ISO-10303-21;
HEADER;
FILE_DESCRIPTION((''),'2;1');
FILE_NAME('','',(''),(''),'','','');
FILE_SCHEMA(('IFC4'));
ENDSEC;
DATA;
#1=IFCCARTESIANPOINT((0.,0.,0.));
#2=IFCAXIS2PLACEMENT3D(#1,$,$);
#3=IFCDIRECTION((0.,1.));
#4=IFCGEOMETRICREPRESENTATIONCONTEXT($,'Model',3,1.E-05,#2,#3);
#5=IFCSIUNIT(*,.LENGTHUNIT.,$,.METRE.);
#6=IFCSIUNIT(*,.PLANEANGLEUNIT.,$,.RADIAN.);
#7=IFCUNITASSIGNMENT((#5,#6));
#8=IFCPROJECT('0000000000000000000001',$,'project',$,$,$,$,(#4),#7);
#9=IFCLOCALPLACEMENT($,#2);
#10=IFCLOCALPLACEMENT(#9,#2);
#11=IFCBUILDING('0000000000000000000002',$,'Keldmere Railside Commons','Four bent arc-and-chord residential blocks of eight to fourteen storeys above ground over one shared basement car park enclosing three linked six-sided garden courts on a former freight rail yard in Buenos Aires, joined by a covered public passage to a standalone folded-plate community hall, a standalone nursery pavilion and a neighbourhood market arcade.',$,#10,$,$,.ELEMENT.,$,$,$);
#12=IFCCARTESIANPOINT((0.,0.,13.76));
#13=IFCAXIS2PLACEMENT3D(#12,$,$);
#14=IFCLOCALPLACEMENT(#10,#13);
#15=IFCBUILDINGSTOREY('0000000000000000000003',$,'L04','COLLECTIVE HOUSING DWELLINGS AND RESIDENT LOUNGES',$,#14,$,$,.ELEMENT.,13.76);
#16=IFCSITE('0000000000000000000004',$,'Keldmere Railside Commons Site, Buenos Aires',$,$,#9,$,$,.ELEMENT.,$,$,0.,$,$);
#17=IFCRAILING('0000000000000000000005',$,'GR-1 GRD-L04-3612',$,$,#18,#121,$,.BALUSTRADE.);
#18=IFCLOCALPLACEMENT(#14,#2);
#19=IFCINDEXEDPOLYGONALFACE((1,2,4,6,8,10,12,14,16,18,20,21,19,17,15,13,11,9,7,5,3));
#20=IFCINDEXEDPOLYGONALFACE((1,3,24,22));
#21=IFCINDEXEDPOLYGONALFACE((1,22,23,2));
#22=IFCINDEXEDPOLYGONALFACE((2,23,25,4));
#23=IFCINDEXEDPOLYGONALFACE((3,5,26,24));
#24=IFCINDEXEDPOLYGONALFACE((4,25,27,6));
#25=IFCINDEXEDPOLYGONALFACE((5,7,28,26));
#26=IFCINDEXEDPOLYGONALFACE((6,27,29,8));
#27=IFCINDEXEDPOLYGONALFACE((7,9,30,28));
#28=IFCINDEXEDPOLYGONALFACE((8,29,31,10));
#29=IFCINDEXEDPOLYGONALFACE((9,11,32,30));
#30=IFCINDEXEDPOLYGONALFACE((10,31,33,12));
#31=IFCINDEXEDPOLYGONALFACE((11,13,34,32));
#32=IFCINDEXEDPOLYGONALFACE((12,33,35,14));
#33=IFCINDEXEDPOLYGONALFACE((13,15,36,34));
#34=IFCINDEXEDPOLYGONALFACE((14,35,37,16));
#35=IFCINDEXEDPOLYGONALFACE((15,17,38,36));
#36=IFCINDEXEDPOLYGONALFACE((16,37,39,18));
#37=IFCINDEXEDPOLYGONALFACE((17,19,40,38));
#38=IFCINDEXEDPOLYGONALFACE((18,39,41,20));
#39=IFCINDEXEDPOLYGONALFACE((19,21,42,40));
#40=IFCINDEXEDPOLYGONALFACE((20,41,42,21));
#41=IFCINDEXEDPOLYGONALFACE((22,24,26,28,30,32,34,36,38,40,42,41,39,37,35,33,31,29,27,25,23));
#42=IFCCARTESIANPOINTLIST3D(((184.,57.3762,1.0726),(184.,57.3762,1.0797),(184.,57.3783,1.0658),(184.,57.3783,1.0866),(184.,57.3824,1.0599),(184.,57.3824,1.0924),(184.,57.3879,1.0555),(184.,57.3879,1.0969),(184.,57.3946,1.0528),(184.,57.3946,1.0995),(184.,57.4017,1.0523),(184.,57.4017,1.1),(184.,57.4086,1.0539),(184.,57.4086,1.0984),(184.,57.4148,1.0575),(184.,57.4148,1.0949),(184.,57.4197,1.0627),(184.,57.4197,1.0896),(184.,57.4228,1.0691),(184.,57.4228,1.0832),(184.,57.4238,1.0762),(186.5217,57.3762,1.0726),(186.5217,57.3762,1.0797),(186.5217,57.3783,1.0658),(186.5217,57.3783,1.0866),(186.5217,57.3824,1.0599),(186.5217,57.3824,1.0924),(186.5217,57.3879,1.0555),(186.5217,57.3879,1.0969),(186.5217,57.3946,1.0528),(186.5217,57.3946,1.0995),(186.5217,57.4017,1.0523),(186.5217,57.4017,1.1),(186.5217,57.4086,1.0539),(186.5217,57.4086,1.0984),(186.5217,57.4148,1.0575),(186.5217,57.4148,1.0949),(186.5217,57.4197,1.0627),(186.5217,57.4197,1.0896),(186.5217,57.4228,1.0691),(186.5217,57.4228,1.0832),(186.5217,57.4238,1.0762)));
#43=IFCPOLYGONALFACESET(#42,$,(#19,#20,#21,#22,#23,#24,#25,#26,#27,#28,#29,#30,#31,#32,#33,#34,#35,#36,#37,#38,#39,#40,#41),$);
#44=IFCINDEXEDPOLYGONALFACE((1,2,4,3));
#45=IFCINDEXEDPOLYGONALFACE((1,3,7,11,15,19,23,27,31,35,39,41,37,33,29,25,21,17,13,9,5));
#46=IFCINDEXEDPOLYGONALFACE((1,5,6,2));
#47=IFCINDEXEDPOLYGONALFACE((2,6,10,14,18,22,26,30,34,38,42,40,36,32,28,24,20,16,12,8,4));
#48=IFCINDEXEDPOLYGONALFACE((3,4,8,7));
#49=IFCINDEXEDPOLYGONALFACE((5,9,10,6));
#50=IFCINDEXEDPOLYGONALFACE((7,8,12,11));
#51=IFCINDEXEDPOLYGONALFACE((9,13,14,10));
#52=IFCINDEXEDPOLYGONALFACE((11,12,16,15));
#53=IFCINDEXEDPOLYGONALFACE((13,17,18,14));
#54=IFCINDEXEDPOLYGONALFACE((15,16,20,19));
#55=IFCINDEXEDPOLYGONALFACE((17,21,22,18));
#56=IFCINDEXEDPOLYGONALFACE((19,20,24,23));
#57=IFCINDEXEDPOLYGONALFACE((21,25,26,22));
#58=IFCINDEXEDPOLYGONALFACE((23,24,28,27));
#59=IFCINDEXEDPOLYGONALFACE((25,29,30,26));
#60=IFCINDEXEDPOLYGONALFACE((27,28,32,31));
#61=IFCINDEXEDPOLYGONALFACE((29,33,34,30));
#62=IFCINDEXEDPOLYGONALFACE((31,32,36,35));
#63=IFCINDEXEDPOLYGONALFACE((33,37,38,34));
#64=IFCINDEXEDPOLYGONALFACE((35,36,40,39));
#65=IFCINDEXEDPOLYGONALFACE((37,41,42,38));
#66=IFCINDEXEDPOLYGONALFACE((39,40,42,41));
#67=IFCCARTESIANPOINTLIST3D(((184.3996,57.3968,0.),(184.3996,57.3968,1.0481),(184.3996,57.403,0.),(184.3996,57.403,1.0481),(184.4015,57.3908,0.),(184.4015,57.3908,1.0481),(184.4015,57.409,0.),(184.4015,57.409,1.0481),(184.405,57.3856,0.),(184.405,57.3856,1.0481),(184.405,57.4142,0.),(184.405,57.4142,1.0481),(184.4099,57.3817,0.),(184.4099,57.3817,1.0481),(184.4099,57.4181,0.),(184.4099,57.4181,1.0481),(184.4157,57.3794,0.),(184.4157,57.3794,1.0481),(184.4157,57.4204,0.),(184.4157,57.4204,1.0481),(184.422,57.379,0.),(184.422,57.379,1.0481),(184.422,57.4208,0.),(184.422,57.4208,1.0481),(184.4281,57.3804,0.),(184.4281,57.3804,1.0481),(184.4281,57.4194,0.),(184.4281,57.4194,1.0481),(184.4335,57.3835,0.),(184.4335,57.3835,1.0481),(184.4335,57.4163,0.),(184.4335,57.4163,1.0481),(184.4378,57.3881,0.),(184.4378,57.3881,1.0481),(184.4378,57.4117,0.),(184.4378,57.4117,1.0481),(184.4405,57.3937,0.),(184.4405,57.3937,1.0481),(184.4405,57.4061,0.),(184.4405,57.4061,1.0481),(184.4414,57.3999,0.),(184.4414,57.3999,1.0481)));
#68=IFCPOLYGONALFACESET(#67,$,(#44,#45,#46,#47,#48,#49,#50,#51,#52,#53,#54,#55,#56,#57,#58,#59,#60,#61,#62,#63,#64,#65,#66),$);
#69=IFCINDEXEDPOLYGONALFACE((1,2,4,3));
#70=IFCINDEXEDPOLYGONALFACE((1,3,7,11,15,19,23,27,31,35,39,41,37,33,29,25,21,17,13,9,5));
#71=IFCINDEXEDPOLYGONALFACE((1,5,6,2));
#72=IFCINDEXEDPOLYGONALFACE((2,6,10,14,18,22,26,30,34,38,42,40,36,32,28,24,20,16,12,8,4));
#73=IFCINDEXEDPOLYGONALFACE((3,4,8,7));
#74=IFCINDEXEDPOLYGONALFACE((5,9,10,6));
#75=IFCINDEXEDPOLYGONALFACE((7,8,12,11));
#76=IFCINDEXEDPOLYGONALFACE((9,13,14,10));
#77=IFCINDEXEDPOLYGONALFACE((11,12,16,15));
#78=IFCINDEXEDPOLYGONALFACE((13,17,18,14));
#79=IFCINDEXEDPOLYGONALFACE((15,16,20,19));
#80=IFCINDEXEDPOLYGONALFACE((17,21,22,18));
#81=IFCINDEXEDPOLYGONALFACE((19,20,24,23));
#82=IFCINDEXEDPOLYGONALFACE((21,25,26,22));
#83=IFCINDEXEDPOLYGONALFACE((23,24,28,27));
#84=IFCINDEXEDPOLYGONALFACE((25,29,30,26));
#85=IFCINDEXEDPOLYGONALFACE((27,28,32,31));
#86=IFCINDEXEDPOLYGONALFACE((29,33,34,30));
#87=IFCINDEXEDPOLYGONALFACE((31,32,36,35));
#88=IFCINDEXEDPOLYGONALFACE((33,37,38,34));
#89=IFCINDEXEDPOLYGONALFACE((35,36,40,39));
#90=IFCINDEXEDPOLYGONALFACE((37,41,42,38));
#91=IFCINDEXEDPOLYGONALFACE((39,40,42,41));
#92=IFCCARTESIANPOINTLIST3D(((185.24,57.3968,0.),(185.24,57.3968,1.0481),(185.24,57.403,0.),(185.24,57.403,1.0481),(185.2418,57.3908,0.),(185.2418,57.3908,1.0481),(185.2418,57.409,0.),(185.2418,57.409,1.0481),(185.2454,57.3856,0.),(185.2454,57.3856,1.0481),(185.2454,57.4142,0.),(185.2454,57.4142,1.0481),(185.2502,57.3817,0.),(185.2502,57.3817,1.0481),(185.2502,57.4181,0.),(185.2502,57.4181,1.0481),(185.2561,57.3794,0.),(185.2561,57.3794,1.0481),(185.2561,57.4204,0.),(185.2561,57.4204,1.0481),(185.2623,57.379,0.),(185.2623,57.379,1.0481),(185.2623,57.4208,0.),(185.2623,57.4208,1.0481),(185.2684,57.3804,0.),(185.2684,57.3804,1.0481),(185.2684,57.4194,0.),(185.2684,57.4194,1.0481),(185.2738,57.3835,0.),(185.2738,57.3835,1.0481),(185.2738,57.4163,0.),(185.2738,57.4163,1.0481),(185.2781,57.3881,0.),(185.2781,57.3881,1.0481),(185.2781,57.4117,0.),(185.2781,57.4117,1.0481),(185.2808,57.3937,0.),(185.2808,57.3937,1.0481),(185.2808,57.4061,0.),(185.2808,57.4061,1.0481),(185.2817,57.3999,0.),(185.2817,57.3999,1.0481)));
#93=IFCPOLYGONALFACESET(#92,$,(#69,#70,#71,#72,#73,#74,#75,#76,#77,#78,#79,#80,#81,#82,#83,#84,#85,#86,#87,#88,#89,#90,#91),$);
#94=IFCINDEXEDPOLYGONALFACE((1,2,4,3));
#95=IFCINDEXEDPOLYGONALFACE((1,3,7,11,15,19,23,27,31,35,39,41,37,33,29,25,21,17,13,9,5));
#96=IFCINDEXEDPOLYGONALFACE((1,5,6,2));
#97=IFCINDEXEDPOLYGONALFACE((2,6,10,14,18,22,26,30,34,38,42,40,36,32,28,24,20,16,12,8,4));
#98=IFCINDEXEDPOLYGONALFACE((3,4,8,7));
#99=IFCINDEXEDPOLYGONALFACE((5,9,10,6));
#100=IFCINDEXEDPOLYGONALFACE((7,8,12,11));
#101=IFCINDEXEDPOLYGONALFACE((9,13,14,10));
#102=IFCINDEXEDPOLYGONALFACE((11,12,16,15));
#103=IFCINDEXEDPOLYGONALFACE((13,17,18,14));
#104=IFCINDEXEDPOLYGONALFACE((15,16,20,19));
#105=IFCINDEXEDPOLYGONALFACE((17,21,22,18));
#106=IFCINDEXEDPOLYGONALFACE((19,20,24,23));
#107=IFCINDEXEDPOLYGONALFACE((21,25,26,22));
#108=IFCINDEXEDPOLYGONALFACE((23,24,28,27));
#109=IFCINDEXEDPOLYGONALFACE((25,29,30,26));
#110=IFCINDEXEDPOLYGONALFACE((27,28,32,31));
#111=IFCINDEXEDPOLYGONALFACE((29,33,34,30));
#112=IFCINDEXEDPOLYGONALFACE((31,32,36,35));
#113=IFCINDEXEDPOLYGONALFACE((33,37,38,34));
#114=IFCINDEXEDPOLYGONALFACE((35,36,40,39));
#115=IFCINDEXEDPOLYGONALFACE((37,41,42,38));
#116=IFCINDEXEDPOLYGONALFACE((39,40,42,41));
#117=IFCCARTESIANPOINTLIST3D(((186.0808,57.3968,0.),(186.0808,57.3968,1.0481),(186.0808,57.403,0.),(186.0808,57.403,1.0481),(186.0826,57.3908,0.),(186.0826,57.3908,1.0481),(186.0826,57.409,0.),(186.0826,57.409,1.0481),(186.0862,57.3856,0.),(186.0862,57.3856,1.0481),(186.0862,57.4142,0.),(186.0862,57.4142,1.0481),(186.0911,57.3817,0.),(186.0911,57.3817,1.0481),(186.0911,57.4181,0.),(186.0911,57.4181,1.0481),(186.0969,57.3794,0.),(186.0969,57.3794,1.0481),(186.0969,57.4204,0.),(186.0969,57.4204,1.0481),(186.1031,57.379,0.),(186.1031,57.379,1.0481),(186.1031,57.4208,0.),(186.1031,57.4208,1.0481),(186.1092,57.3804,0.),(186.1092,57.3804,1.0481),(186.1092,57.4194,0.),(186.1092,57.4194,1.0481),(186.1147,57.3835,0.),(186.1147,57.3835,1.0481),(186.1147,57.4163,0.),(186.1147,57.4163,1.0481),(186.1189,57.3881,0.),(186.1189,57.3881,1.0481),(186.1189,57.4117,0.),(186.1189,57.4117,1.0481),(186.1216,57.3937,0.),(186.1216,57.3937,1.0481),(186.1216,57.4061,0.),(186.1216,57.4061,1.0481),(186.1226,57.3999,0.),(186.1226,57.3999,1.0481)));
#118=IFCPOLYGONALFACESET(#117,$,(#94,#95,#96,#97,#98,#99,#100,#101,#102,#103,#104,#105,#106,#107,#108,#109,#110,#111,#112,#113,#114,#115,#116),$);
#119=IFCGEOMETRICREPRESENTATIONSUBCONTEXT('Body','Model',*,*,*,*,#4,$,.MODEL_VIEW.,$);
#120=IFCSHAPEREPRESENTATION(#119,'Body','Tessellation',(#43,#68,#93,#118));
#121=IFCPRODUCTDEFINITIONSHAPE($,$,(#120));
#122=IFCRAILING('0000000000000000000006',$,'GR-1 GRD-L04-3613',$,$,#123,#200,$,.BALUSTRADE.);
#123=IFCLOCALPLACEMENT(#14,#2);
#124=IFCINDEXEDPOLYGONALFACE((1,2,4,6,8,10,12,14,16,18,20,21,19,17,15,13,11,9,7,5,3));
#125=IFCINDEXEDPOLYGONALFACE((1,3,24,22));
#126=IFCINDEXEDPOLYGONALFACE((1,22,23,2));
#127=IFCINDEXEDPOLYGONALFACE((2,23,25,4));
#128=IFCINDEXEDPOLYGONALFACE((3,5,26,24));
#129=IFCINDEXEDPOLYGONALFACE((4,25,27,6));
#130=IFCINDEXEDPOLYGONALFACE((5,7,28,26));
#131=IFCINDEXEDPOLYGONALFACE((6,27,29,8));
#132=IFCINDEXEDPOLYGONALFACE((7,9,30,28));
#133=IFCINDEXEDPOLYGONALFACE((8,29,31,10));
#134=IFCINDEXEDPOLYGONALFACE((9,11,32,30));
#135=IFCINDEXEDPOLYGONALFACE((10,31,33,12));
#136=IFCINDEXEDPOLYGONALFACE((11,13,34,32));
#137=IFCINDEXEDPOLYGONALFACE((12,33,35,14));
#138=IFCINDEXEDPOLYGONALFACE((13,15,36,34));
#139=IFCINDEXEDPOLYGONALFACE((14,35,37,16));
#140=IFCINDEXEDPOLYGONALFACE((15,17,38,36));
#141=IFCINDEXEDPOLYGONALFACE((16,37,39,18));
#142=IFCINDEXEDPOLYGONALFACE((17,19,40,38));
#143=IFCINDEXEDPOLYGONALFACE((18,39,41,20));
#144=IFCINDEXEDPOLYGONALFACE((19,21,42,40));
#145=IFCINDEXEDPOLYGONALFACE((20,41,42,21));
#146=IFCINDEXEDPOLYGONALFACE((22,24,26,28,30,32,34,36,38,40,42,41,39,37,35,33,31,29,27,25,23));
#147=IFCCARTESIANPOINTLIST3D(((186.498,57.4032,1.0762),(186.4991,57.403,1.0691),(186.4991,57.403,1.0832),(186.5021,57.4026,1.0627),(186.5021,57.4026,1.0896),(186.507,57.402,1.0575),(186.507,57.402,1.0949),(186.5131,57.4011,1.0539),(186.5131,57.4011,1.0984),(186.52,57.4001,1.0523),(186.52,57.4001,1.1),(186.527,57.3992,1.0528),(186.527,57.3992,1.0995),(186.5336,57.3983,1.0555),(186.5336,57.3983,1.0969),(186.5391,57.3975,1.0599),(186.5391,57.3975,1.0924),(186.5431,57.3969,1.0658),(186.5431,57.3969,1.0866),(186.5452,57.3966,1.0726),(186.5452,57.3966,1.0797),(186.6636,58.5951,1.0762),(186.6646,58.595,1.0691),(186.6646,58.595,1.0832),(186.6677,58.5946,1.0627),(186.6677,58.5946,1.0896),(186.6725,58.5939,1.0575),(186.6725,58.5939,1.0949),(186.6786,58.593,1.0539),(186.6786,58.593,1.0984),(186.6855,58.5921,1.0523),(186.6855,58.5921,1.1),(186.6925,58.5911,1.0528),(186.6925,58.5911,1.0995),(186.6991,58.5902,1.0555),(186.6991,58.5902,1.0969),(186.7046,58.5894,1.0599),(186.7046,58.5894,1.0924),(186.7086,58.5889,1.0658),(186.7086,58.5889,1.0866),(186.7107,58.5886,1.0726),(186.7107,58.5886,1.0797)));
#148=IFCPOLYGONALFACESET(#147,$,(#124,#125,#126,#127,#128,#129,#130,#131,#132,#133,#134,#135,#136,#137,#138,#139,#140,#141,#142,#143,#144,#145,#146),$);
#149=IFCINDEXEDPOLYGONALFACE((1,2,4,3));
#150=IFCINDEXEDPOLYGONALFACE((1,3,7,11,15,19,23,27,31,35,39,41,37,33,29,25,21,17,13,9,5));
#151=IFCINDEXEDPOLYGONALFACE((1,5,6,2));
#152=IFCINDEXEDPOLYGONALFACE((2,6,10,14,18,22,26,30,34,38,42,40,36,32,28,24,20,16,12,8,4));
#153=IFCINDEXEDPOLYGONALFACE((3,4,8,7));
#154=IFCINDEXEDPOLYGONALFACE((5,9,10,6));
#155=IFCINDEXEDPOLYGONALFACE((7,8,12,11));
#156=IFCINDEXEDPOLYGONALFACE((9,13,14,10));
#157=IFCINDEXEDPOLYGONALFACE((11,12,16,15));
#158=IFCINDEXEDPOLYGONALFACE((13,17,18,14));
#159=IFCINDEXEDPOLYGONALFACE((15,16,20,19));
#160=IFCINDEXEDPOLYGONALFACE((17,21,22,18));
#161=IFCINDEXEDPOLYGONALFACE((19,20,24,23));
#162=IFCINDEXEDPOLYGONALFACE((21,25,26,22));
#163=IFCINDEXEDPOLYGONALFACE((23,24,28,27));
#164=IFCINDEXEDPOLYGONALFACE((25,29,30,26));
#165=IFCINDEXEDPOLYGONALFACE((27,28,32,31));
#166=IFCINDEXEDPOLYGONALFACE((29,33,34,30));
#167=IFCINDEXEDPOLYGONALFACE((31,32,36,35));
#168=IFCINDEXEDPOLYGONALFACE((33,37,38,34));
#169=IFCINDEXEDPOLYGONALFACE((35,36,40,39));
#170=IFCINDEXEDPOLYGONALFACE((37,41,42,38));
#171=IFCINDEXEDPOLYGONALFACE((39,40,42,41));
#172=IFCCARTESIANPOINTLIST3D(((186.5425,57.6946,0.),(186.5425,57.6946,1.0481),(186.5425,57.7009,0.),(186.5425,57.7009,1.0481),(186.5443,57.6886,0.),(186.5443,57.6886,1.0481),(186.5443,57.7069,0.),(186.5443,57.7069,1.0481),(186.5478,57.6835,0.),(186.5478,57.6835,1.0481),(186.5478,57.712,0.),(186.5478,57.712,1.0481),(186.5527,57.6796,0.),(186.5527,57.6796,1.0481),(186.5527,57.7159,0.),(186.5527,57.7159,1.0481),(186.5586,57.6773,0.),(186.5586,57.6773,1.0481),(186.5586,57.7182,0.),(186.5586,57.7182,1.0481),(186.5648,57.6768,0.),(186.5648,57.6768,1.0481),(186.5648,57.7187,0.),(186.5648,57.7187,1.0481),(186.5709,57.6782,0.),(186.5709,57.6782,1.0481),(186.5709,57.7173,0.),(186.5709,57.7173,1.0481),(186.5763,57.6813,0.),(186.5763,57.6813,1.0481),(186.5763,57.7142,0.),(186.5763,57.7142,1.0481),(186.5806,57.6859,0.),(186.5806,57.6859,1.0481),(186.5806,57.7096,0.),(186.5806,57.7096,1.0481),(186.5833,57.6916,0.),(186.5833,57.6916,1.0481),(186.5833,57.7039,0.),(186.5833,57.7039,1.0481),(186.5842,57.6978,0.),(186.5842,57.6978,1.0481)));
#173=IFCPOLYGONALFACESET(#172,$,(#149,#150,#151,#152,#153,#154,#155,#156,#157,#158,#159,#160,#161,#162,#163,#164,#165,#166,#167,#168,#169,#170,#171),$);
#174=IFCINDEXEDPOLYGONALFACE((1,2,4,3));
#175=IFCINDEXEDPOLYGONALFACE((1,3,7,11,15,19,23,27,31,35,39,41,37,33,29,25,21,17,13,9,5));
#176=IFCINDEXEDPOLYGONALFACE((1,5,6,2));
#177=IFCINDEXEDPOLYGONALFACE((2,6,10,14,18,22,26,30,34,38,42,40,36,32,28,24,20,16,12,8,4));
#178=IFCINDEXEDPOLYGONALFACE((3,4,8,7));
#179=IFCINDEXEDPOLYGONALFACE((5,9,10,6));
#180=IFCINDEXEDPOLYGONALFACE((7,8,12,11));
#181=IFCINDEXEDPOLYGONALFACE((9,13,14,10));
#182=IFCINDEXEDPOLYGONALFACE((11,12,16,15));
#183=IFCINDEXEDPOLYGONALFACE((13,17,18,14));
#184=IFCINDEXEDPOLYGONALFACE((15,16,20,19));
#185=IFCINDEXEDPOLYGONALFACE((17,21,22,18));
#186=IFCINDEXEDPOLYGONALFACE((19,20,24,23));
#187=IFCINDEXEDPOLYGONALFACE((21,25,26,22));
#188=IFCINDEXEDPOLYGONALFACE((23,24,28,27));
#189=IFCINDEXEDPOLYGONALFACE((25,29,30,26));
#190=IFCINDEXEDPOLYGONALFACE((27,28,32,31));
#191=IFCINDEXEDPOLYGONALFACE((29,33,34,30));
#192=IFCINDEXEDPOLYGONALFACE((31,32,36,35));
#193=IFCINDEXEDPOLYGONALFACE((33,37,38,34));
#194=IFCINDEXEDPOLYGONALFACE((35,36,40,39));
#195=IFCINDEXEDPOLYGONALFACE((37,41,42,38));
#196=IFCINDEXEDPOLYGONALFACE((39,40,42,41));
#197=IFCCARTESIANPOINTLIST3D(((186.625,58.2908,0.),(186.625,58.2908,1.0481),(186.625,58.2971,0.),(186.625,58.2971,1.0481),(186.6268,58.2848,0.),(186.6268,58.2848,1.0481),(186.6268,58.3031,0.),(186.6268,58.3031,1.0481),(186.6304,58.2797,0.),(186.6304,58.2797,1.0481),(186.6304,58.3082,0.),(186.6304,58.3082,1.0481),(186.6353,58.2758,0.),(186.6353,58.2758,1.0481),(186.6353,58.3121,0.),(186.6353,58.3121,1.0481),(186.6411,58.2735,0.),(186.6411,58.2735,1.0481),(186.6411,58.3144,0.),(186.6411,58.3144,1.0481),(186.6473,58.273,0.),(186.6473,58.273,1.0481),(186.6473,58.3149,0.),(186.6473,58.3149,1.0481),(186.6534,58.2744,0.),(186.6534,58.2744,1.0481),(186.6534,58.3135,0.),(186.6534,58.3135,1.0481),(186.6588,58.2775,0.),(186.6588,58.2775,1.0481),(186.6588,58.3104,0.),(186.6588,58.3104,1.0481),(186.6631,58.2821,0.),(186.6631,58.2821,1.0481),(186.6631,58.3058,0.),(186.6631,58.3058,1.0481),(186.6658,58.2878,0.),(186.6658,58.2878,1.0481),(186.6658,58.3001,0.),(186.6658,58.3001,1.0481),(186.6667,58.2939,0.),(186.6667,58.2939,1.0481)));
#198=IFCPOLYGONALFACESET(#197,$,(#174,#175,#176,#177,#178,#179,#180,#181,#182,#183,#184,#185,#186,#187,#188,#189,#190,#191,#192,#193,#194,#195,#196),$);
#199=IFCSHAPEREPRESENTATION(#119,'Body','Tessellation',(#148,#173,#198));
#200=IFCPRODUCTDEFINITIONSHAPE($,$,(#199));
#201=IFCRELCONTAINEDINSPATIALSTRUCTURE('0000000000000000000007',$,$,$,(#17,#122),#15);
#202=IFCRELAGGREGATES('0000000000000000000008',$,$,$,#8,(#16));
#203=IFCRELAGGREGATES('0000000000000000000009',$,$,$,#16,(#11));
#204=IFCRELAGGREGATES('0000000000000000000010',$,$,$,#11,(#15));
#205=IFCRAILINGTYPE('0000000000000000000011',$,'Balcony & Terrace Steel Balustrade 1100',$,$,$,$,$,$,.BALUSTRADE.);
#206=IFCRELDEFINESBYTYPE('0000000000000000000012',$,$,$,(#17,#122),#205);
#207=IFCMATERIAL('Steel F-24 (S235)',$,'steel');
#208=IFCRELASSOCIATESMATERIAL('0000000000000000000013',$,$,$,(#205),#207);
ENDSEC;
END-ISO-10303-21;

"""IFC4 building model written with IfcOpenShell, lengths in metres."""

from ifc_helpers import new_model, si_unit, direction, frame, origin, origin_2d, place, context, subcontext, project, spatial, circle, extrude, material, type_object, element, save


model = new_model("IFC4")

# Units and contexts
model_context = context("Model", 3, precision=1e-05, world=origin(), true_north=direction((0.0, 1.0)))
body_context = subcontext(model_context, "Body", "Model", "MODEL_VIEW")
ifc_project = project(units=[si_unit("LENGTHUNIT", "METRE"), si_unit("PLANEANGLEUNIT", "RADIAN")], contexts=[model_context])

# Site, building, storey
site_placement = place(None, origin())
site = spatial("IfcSite", under=ifc_project, at=site_placement, Name="Keldmere Railside Commons Site, Buenos Aires", CompositionType="ELEMENT", RefElevation=0.0)
building_placement = place(site_placement, origin())
building = spatial("IfcBuilding", under=site, at=building_placement, Name="Keldmere Railside Commons", Description="Four bent arc-and-chord residential blocks of eight to fourteen storeys above ground over one shared basement car park enclosing three linked six-sided garden courts on a former freight rail yard in Buenos Aires, joined by a covered public passage to a standalone folded-plate community hall, a standalone nursery pavilion and a neighbourhood market arcade.", CompositionType="ELEMENT")
storey_placement = place(building_placement, frame((0.0, 0.0, 13.76)))
storey = spatial("IfcBuildingStorey", under=building, at=storey_placement, Name="L04", Description="COLLECTIVE HOUSING DWELLINGS AND RESIDENT LOUNGES", CompositionType="ELEMENT", Elevation=13.76)

# Railings
ifc_material_1 = material(Name="Steel F-24 (S235)", Category="steel")
railing_type = type_object("IfcRailingType", Name="Balcony & Terrace Steel Balustrade 1100", PredefinedType="BALUSTRADE", material=ifc_material_1)
railing_1_placement = place(storey_placement, frame((184.0, 57.3999, 0.0)))
element("IfcRailing", 1, at=railing_1_placement, inside=storey, type_object=railing_type, Name="GR-1 GRD-L04-3612", PredefinedType="BALUSTRADE", context=body_context, shape_type="SweptSolid", body=[
    extrude(circle(Radius=0.0239, at=origin_2d()), frame((0.0, 0.0, 1.0762), z_axis=(1.0, 0.0, 0.0), x_axis=(0.0, 1.0, 0.0)), (0.0, 0.0, 1.0), 2.5217),
    extrude(circle(Radius=0.021, at=origin_2d()), frame((0.4204, 0.0, 0.0)), (0.0, 0.0, 1.0), 1.0481),
    extrude(circle(Radius=0.021, at=origin_2d()), frame((1.2607, 0.0, 0.0)), (0.0, 0.0, 1.0), 1.0481),
    extrude(circle(Radius=0.021, at=origin_2d()), frame((2.1016, 0.0, 0.0)), (0.0, 0.0, 1.0), 1.0481),
])
railing_2_placement = place(storey_placement, frame((186.5217, 57.3999, 0.0)))
element("IfcRailing", 2, at=railing_2_placement, inside=storey, type_object=railing_type, Name="GR-1 GRD-L04-3613", PredefinedType="BALUSTRADE", context=body_context, shape_type="SweptSolid", body=[
    extrude(circle(Radius=0.0239, at=origin_2d()), frame((0.0, 0.0, 1.0762), z_axis=(0.137557, 0.990494, 0.0), x_axis=(-0.990494, 0.137557, 0.0)), (0.0, 0.0, 1.0), 1.2034),
    extrude(circle(Radius=0.021, at=origin_2d()), frame((0.0415, 0.2979, 0.0)), (0.0, 0.0, 1.0), 1.0481),
    extrude(circle(Radius=0.021, at=origin_2d()), frame((0.124, 0.894, 0.0)), (0.0, 0.0, 1.0), 1.0481),
])

save(model, "model.ifc")
